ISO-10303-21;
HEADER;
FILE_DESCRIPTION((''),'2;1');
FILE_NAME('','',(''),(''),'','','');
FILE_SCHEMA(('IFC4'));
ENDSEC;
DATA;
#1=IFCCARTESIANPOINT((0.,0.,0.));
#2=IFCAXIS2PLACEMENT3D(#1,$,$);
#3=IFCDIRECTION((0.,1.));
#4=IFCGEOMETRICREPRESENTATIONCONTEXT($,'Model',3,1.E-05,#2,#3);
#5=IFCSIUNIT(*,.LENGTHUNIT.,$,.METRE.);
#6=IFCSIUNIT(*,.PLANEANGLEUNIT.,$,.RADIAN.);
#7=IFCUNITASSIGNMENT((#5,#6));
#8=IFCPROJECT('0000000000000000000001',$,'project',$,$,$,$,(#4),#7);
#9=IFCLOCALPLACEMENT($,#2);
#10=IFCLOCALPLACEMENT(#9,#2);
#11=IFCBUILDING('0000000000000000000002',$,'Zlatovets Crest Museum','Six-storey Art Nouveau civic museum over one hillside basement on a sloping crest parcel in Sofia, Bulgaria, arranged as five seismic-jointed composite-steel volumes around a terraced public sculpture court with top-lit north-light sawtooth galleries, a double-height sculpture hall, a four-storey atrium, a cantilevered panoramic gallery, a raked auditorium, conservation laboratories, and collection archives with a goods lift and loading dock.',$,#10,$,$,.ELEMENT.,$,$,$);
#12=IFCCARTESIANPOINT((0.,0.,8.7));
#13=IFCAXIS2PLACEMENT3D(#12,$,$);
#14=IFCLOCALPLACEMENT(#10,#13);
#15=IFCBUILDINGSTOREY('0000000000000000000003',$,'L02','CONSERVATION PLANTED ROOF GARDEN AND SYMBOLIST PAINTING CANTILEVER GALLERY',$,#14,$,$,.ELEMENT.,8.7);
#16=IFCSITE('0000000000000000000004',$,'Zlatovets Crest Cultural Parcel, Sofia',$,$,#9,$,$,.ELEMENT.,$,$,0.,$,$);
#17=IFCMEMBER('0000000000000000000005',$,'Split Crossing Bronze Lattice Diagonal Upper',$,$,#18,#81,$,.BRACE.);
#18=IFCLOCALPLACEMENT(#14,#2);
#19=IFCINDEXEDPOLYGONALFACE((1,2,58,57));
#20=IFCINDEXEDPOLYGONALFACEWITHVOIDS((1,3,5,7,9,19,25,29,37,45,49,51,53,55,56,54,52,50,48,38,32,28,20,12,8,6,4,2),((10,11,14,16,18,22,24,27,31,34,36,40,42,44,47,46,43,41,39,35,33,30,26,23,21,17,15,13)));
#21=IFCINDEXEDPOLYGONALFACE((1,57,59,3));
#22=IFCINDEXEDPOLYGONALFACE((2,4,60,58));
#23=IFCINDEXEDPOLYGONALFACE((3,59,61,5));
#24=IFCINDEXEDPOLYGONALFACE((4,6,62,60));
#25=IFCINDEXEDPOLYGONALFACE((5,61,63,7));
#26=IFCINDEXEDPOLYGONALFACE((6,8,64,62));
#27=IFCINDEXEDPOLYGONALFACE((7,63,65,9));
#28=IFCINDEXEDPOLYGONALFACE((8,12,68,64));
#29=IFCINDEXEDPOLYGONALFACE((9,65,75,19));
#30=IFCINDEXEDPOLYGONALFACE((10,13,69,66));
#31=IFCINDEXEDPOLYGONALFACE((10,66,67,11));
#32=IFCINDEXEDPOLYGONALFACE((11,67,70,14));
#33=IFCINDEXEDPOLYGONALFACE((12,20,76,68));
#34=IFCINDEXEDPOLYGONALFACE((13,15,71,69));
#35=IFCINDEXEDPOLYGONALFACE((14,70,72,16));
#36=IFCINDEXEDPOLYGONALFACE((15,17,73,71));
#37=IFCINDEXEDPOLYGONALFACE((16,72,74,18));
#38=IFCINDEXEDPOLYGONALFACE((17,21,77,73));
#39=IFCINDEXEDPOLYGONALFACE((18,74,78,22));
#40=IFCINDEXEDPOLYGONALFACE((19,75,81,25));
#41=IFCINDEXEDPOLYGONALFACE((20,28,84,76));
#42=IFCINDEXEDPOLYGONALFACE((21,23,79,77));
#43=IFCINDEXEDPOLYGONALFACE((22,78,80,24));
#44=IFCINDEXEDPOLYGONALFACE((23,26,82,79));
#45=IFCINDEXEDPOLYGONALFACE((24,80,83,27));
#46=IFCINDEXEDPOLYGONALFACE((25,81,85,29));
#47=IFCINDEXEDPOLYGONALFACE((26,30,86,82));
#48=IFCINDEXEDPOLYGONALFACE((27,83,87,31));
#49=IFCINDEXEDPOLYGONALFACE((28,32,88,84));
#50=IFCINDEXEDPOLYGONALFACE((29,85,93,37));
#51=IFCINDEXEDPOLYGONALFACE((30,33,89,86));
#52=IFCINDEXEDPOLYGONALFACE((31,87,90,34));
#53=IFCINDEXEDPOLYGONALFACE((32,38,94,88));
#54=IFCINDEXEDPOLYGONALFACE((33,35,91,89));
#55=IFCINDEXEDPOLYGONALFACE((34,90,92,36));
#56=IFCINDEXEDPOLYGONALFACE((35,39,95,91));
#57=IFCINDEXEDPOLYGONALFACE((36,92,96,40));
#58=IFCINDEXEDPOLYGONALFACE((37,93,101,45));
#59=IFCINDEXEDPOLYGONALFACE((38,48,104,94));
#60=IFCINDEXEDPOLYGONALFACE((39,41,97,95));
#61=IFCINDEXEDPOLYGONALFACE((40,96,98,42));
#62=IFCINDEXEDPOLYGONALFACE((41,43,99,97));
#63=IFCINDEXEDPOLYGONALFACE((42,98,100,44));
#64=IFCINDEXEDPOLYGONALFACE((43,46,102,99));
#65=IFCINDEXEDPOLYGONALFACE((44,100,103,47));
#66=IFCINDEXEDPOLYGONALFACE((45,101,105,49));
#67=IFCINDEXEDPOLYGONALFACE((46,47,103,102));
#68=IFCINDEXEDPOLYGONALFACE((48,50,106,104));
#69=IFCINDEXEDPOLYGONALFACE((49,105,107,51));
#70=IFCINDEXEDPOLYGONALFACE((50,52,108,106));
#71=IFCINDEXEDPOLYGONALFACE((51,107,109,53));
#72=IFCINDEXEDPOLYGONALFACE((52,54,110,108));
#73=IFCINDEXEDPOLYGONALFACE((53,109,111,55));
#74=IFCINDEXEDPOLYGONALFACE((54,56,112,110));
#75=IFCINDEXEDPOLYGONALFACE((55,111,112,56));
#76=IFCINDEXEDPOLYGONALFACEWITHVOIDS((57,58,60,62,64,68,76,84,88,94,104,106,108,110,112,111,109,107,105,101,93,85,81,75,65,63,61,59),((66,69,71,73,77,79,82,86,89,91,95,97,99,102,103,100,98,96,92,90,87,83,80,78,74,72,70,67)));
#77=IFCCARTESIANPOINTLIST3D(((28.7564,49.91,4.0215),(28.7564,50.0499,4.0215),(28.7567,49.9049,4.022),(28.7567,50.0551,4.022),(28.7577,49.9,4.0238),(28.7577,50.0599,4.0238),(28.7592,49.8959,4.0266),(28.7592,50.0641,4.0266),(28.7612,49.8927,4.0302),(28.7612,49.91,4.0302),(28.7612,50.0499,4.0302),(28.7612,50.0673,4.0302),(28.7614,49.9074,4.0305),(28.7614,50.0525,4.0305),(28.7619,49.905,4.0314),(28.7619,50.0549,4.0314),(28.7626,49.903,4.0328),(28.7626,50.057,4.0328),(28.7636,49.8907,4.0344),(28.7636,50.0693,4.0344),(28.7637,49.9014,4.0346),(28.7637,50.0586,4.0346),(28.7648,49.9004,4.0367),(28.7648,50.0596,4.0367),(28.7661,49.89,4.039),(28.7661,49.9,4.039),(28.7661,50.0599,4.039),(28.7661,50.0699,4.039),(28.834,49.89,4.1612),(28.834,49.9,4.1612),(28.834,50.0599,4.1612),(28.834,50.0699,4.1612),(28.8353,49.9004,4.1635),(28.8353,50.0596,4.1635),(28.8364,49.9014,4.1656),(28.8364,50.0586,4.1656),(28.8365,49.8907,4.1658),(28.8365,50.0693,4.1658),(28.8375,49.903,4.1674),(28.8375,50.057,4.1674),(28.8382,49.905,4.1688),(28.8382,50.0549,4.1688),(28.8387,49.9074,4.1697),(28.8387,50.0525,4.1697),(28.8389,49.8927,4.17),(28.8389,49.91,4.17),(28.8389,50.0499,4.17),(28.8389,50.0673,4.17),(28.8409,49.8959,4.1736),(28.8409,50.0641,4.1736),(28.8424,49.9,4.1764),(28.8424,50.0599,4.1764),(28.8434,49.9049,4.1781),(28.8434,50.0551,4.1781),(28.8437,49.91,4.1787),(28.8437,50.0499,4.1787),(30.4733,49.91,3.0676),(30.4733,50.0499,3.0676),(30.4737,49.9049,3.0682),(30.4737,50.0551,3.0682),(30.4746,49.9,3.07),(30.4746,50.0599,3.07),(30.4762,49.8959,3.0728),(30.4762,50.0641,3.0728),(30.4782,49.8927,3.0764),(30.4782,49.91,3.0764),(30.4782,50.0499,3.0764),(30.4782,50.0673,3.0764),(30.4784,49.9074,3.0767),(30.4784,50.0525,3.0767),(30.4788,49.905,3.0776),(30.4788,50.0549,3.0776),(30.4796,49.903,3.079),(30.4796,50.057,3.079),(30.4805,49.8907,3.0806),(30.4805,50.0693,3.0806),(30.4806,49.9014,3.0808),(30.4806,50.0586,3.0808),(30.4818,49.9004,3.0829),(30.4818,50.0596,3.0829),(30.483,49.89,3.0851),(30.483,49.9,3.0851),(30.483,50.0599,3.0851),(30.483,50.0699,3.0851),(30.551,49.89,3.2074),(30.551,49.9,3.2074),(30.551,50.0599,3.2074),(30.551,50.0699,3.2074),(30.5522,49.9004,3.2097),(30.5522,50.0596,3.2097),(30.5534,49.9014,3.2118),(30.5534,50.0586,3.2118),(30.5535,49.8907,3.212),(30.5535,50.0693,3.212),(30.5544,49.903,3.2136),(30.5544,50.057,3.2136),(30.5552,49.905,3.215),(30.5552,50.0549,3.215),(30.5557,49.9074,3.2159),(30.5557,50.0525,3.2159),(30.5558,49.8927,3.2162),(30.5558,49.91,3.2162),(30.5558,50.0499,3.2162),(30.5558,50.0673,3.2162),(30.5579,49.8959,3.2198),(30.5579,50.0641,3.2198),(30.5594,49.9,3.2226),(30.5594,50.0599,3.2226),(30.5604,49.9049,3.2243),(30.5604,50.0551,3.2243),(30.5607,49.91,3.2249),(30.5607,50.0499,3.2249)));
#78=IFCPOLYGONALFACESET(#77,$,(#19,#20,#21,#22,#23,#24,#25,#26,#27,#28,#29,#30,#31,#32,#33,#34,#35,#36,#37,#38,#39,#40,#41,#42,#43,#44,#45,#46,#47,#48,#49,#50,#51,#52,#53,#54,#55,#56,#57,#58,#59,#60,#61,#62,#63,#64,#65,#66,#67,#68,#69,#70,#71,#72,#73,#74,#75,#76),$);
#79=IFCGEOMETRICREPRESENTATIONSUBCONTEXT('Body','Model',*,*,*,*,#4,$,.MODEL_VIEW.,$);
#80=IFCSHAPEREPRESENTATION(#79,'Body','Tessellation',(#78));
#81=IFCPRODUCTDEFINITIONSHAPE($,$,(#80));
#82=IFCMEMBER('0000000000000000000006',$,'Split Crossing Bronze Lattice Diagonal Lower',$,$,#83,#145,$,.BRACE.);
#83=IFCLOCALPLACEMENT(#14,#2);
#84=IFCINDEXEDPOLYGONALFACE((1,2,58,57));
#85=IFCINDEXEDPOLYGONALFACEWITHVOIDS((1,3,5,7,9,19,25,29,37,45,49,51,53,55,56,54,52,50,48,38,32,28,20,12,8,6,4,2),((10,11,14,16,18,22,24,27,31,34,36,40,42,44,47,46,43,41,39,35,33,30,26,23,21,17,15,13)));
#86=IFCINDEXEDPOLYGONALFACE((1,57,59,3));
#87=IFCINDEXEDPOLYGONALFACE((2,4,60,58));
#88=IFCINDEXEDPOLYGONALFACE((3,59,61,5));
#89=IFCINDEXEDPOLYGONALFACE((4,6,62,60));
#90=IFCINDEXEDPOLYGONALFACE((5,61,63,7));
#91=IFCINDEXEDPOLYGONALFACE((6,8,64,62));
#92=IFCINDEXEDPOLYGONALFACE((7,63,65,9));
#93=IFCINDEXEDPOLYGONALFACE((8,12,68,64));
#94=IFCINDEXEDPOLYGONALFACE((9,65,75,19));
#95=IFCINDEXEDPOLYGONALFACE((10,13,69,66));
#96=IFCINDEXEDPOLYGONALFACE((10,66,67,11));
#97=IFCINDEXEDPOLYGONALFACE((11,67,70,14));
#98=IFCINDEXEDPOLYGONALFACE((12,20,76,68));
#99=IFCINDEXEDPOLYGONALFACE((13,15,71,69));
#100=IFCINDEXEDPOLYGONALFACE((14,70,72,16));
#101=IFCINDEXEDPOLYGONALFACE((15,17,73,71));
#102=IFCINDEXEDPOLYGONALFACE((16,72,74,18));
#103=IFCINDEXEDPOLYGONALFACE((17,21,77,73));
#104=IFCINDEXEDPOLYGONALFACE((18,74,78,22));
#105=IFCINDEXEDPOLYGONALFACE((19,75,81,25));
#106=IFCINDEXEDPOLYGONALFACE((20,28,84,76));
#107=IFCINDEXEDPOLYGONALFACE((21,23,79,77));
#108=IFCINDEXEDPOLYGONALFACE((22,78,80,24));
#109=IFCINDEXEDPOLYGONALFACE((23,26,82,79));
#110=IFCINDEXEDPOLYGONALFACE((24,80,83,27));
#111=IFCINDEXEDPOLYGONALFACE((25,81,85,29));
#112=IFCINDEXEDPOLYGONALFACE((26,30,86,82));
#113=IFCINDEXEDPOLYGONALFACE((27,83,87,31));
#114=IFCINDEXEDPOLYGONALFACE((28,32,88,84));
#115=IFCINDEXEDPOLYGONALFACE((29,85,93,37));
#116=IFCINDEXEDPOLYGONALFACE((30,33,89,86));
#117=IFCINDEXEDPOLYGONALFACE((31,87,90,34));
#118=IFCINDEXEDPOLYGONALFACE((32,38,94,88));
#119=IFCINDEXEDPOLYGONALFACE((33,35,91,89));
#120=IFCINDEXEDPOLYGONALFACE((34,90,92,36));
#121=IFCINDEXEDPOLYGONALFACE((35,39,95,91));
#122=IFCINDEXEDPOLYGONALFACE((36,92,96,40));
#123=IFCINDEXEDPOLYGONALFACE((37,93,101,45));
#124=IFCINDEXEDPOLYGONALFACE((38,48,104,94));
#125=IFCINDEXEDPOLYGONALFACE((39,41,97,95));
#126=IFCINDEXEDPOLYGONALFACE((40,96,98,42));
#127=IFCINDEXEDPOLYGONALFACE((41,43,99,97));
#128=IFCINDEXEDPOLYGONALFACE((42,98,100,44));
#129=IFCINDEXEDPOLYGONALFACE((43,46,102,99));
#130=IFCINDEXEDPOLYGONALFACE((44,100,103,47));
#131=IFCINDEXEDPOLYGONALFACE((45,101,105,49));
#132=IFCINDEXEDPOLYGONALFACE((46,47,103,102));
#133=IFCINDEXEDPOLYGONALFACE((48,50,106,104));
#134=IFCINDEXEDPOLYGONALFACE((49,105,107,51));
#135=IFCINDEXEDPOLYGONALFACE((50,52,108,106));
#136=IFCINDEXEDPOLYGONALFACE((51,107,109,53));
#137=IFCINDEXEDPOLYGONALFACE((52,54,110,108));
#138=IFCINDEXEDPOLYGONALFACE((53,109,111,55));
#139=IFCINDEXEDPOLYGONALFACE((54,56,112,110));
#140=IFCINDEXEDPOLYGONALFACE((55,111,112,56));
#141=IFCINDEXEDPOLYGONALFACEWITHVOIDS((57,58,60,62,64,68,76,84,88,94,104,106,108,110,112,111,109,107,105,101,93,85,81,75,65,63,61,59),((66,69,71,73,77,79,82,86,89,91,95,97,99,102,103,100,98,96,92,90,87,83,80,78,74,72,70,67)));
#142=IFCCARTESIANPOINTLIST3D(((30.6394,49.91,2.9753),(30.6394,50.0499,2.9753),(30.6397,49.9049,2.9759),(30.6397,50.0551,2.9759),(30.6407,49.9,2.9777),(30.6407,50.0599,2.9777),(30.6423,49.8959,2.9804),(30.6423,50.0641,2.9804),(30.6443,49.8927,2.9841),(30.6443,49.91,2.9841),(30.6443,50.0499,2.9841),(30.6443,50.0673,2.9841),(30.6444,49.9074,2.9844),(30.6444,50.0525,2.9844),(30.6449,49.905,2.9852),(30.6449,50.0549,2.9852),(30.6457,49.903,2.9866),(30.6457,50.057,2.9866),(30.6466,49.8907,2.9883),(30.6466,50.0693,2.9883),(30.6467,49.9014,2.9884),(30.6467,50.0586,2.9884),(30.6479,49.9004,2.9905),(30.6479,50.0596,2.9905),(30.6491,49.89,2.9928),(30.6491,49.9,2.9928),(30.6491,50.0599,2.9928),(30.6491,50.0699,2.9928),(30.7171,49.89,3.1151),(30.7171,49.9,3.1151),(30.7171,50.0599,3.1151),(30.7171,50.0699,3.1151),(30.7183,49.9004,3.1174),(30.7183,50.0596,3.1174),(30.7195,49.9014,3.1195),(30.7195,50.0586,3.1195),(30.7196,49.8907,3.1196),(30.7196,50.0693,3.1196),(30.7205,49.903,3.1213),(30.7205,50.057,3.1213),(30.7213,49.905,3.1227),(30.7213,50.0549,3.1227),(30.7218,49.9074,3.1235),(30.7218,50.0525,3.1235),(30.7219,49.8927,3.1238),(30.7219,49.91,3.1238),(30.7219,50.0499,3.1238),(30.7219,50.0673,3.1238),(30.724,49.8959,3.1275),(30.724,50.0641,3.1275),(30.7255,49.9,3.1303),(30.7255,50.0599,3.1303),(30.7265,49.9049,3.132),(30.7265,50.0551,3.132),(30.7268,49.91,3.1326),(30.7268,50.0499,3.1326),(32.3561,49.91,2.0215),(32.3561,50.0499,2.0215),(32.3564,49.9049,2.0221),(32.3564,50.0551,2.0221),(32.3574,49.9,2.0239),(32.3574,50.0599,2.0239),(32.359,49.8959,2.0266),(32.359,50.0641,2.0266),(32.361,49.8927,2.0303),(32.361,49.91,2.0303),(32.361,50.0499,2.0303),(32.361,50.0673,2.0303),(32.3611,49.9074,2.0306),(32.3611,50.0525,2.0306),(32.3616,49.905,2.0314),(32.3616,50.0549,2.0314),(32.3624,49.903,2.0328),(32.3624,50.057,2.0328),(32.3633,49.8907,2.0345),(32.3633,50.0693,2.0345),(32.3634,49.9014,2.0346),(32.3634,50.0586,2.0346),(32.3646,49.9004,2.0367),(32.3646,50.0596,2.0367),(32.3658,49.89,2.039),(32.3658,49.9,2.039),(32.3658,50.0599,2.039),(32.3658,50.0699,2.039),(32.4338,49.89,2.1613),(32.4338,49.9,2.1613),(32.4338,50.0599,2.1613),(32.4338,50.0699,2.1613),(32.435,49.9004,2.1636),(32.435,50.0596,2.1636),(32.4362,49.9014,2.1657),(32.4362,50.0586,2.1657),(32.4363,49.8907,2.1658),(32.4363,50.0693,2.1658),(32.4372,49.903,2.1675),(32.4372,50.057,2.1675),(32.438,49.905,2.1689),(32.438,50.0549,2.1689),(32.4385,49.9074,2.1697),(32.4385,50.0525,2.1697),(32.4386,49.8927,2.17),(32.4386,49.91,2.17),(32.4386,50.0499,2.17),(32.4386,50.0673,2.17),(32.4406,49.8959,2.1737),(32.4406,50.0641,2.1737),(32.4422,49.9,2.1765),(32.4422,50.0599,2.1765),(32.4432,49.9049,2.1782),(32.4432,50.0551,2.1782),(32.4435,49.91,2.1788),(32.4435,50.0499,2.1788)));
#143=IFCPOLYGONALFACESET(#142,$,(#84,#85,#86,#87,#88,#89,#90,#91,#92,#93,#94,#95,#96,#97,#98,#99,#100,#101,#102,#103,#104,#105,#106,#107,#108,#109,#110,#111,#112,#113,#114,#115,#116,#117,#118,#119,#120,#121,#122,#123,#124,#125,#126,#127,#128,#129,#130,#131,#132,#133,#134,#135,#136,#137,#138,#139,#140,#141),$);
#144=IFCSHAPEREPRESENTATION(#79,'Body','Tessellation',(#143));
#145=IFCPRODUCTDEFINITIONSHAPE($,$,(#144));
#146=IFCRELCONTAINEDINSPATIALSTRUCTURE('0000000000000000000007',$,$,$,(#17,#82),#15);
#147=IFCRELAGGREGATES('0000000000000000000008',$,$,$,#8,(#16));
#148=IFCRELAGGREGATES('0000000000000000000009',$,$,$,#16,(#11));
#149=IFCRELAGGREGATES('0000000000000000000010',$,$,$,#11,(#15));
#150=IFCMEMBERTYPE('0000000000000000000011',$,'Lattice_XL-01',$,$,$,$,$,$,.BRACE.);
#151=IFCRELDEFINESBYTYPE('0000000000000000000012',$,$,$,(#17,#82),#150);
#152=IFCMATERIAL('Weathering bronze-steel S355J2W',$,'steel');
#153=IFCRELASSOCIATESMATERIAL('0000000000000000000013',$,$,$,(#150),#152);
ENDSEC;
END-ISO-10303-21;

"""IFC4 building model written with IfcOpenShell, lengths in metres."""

from ifc_helpers import new_model, si_unit, direction, frame, origin, origin_2d, place, context, subcontext, project, spatial, hollow_rectangle, extrude, material, material_profile, profile_set, type_object, element, save


model = new_model("IFC4")

# Units and contexts
model_context = context("Model", 3, precision=1e-05, world=origin(), true_north=direction((0.0, 1.0)))
body_context = subcontext(model_context, "Body", "Model", "MODEL_VIEW")
ifc_project = project(units=[si_unit("LENGTHUNIT", "METRE"), si_unit("PLANEANGLEUNIT", "RADIAN")], contexts=[model_context])

# Site, building, storey
site_placement = place(None, origin())
site = spatial("IfcSite", under=ifc_project, at=site_placement, Name="Zlatovets Crest Cultural Parcel, Sofia", CompositionType="ELEMENT", RefElevation=0.0)
building_placement = place(site_placement, origin())
building = spatial("IfcBuilding", under=site, at=building_placement, Name="Zlatovets Crest Museum", Description="Six-storey Art Nouveau civic museum over one hillside basement on a sloping crest parcel in Sofia, Bulgaria, arranged as five seismic-jointed composite-steel volumes around a terraced public sculpture court with top-lit north-light sawtooth galleries, a double-height sculpture hall, a four-storey atrium, a cantilevered panoramic gallery, a raked auditorium, conservation laboratories, and collection archives with a goods lift and loading dock.", CompositionType="ELEMENT")
storey_placement = place(building_placement, frame((0.0, 0.0, 8.7)))
storey = spatial("IfcBuildingStorey", under=building, at=storey_placement, Name="L02", Description="CONSERVATION PLANTED ROOF GARDEN AND SYMBOLIST PAINTING CANTILEVER GALLERY", CompositionType="ELEMENT", Elevation=8.7)

# Members
ifc_material_1 = material(Name="Weathering bronze-steel S355J2W", Category="steel")
ifc_material_profile_1 = material_profile(ifc_material_1, hollow_rectangle(XDim=0.1799, YDim=0.1799, WallThickness=0.01, InnerFilletRadius=0.01, OuterFilletRadius=0.02, at=origin_2d()), Name="SHS 180x180x10.0")
ifc_profile_set_1 = profile_set([ifc_material_profile_1], Name="Weathering bronze-steel S355J2W")
member_type_1 = type_object("IfcMemberType", Name="Lattice_XL-01", PredefinedType="BRACE", material=ifc_profile_set_1)
member_1_placement = place(storey_placement, frame((28.8, 49.98, 4.1001), z_axis=(0.874169, 0.0, -0.485622), x_axis=(0.0, 1.0, 0.0)))
element("IfcMember", 1, at=member_1_placement, inside=storey, type_object=member_type_1, Name="Split Crossing Bronze Lattice Diagonal Upper", PredefinedType="BRACE", context=body_context, shape_type="SweptSolid", body=[
    extrude(hollow_rectangle(XDim=0.1799, YDim=0.1799, WallThickness=0.01, InnerFilletRadius=0.01, OuterFilletRadius=0.02, at=origin_2d()), origin(), (0.0, 0.0, 1.0), 1.9641),
])
member_2_placement = place(storey_placement, frame((30.6831, 49.98, 3.054), z_axis=(0.87414, 0.0, -0.485675), x_axis=(0.0, 1.0, 0.0)))
element("IfcMember", 2, at=member_2_placement, inside=storey, type_object=member_type_1, Name="Split Crossing Bronze Lattice Diagonal Lower", PredefinedType="BRACE", context=body_context, shape_type="SweptSolid", body=[
    extrude(hollow_rectangle(XDim=0.1799, YDim=0.1799, WallThickness=0.01, InnerFilletRadius=0.01, OuterFilletRadius=0.02, at=origin_2d()), origin(), (0.0, 0.0, 1.0), 1.9639),
])

save(model, "model.ifc")
